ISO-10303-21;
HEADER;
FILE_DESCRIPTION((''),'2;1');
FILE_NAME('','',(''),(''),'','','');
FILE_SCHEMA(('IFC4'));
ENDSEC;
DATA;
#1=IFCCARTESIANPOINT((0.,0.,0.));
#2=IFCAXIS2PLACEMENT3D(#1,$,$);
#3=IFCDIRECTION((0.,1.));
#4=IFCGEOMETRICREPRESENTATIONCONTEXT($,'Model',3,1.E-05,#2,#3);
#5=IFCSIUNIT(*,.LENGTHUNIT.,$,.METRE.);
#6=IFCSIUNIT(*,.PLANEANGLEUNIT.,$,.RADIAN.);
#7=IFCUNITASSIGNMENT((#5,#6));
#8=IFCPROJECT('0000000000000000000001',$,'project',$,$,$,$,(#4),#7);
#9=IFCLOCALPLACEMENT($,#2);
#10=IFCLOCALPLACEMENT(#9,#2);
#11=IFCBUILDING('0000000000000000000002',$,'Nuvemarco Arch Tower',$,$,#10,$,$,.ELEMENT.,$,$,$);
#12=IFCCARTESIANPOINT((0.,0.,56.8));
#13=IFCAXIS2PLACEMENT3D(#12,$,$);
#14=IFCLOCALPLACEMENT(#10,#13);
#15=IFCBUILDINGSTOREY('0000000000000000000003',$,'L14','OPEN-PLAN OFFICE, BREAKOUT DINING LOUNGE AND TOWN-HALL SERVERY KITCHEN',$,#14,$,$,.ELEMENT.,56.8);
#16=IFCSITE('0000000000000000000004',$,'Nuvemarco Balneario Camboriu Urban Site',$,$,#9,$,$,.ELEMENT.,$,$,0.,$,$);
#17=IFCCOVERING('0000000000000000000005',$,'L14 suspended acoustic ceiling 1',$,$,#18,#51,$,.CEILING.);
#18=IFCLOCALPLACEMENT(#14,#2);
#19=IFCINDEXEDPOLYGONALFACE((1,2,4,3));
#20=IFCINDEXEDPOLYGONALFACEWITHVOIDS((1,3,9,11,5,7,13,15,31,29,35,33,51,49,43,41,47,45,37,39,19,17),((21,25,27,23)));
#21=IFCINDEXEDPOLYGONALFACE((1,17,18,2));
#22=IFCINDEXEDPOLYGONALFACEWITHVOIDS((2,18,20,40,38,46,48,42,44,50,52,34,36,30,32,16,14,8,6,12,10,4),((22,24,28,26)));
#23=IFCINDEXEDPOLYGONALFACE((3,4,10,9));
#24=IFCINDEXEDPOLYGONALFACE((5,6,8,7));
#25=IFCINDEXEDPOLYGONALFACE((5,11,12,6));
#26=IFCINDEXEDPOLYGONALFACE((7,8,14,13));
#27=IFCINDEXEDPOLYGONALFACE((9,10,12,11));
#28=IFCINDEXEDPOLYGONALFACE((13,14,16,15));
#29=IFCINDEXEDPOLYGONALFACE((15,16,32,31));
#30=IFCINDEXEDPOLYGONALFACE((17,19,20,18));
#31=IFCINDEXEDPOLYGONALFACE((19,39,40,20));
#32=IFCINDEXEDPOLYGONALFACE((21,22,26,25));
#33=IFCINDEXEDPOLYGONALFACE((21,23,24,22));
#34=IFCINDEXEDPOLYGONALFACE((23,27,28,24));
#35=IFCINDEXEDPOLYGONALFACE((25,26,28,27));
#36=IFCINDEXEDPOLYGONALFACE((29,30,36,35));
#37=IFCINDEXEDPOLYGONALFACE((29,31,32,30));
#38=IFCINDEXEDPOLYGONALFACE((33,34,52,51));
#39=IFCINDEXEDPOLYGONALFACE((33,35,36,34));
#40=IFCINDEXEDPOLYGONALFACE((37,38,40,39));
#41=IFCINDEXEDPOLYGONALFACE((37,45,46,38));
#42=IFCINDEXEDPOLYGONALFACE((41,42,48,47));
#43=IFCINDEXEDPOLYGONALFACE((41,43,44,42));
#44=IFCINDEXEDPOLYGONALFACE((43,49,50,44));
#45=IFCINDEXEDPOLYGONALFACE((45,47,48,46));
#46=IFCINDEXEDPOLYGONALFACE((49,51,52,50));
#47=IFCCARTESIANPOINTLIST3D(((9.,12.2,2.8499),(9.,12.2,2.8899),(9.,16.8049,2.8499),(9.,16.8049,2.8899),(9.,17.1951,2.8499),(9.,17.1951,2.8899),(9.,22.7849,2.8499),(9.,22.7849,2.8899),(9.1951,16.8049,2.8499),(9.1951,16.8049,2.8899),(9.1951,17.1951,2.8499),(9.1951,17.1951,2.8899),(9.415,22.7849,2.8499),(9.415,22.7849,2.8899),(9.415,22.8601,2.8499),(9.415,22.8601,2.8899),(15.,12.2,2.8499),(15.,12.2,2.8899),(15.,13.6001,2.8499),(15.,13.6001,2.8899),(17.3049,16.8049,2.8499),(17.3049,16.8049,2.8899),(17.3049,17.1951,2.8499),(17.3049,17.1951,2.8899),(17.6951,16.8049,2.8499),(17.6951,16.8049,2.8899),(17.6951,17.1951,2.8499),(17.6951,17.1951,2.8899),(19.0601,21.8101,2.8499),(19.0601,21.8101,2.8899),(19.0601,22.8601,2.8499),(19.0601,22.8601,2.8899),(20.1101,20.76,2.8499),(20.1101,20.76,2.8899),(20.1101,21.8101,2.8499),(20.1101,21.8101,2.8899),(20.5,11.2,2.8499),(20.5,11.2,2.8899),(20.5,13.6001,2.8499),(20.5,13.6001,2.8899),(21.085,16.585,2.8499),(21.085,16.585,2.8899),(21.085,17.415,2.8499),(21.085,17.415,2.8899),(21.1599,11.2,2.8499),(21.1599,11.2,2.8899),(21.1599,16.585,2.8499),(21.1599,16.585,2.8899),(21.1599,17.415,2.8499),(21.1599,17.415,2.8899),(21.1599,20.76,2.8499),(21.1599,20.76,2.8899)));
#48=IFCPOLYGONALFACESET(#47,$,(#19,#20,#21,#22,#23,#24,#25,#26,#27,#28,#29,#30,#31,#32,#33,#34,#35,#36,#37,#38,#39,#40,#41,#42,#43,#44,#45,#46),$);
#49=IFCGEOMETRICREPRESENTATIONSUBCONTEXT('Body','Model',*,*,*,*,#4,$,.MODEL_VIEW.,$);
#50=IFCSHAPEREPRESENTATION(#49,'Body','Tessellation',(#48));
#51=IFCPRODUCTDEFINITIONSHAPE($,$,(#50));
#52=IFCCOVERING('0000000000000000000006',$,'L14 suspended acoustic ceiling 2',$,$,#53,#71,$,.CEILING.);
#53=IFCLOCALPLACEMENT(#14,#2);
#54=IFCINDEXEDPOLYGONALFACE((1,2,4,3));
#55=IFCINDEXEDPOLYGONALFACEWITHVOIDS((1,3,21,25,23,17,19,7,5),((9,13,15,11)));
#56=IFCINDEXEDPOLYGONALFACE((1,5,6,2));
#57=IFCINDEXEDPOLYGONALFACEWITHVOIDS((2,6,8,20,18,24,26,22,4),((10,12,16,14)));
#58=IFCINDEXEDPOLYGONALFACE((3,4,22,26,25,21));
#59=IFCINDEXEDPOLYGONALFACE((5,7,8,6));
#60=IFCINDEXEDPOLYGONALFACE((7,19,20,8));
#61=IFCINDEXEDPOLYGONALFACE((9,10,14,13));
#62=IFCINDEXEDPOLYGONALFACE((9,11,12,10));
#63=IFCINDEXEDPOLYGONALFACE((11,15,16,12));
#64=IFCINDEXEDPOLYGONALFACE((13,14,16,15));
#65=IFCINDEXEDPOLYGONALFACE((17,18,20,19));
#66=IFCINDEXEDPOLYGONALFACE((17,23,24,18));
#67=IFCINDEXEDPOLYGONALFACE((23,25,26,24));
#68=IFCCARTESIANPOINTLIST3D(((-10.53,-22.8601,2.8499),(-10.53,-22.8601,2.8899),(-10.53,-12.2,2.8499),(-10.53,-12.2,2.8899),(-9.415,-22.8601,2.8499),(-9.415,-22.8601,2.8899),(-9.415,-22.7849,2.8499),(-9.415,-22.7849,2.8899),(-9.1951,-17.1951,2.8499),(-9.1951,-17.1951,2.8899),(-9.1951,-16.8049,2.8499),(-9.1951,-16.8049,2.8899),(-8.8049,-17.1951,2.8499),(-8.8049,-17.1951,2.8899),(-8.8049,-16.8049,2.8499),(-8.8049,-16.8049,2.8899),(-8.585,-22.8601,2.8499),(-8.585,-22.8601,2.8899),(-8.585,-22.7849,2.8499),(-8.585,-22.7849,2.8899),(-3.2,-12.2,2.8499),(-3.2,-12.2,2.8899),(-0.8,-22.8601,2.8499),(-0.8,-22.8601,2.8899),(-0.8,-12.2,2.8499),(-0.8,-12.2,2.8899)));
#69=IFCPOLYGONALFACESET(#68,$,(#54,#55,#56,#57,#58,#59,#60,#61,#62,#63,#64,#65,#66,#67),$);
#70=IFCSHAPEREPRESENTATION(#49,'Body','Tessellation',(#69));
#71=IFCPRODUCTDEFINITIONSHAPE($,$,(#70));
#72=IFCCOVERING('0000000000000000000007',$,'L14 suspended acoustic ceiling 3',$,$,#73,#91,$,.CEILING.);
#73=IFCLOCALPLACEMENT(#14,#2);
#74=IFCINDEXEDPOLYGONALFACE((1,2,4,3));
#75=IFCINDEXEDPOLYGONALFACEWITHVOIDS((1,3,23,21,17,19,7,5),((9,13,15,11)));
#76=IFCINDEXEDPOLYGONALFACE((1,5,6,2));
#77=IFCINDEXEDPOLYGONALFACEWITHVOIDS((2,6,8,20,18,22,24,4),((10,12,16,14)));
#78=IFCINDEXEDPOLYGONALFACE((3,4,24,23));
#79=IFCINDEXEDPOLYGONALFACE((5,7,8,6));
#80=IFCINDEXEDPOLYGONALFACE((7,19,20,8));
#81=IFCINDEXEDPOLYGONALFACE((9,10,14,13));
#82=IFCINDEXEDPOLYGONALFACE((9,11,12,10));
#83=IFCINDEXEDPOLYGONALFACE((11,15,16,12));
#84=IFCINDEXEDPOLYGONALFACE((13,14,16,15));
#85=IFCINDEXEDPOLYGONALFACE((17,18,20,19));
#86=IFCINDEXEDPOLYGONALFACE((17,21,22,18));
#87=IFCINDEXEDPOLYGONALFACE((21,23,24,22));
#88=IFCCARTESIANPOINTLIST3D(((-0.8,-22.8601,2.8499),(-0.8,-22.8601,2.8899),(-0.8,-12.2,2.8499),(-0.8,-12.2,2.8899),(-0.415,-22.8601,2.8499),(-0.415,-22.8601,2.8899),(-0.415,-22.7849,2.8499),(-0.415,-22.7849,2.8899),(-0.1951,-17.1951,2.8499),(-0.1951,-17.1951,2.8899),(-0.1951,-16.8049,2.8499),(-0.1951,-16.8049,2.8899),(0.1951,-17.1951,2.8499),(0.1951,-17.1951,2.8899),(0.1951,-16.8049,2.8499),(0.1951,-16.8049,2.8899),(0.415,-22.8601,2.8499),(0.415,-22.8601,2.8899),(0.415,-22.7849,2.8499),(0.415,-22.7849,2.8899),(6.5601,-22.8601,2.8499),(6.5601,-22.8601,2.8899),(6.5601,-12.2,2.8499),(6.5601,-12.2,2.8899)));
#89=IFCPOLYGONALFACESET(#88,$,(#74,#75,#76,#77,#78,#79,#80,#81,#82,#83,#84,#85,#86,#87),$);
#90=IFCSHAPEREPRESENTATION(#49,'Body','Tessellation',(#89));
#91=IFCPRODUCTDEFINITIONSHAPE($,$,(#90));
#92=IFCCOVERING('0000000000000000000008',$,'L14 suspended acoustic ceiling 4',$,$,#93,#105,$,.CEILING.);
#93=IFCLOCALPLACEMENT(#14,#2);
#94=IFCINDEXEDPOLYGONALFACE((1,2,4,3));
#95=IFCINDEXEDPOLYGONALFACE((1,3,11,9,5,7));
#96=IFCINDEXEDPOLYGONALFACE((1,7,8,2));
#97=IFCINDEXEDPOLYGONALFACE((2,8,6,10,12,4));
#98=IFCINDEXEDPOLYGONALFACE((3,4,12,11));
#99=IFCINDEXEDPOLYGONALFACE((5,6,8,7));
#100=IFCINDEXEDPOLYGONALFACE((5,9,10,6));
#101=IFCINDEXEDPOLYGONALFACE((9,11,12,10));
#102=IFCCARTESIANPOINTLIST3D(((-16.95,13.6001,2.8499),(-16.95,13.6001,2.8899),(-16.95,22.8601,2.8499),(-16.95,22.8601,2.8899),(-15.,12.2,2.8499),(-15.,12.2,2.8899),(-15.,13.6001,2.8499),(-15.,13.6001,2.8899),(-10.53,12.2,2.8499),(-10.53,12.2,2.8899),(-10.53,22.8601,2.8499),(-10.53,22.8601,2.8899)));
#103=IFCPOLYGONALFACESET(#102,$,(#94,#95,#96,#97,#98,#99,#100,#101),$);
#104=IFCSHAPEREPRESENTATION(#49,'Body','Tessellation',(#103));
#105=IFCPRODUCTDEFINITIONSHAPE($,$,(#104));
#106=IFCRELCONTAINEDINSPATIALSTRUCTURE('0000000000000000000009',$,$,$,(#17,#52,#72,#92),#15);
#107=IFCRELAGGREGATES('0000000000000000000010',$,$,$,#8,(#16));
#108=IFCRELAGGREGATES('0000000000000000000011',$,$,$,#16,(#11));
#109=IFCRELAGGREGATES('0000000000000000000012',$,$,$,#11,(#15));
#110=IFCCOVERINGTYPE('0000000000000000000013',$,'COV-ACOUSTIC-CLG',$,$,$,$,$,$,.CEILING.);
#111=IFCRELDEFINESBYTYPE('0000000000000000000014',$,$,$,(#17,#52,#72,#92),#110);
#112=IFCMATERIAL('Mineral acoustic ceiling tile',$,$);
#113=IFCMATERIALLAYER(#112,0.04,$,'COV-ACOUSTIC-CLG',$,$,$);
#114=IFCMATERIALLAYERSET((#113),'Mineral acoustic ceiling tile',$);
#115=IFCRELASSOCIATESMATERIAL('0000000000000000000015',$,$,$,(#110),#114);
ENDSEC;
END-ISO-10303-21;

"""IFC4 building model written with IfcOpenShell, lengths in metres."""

from ifc_helpers import new_model, si_unit, direction, frame, origin, place, context, subcontext, project, spatial, polyline, outline, extrude, material, layer, layer_set, type_object, element, save


model = new_model("IFC4")

# Units and contexts
model_context = context("Model", 3, precision=1e-05, world=origin(), true_north=direction((0.0, 1.0)))
body_context = subcontext(model_context, "Body", "Model", "MODEL_VIEW")
ifc_project = project(units=[si_unit("LENGTHUNIT", "METRE"), si_unit("PLANEANGLEUNIT", "RADIAN")], contexts=[model_context])

# Site, building, storey
site_placement = place(None, origin())
site = spatial("IfcSite", under=ifc_project, at=site_placement, Name="Nuvemarco Balneario Camboriu Urban Site", CompositionType="ELEMENT", RefElevation=0.0)
building_placement = place(site_placement, origin())
building = spatial("IfcBuilding", under=site, at=building_placement, Name="Nuvemarco Arch Tower", CompositionType="ELEMENT")
storey_placement = place(building_placement, frame((0.0, 0.0, 56.8)))
storey = spatial("IfcBuildingStorey", under=building, at=storey_placement, Name="L14", Description="OPEN-PLAN OFFICE, BREAKOUT DINING LOUNGE AND TOWN-HALL SERVERY KITCHEN", CompositionType="ELEMENT", Elevation=56.8)

# Coverings
ifc_material_1 = material(Name="Mineral acoustic ceiling tile")
ifc_layer_1 = layer(ifc_material_1, 0.04, Name="COV-ACOUSTIC-CLG")
ifc_layer_set_1 = layer_set([ifc_layer_1], Name="Mineral acoustic ceiling tile")
covering_type = type_object("IfcCoveringType", Name="COV-ACOUSTIC-CLG", PredefinedType="CEILING", material=ifc_layer_set_1)
covering_1_placement = place(storey_placement, frame((0.0, 0.0, 2.8499)))
element("IfcCovering", 1, at=covering_1_placement, inside=storey, type_object=covering_type, Name="L14 suspended acoustic ceiling 1", PredefinedType="CEILING", context=body_context, shape_type="SweptSolid", body=[
    extrude(outline(polyline([(21.1599, 20.76), (21.1599, 17.415), (21.085, 17.415), (21.085, 16.585), (21.1599, 16.585), (21.1599, 11.2), (20.5, 11.2), (20.5, 13.6001), (15.0, 13.6001), (15.0, 12.2), (9.0, 12.2), (9.0, 16.8049), (9.1951, 16.8049), (9.1951, 17.1951), (9.0, 17.1951), (9.0, 22.7849), (9.415, 22.7849), (9.415, 22.8601), (19.0601, 22.8601), (19.0601, 21.8101), (20.1101, 21.8101), (20.1101, 20.76), (21.1599, 20.76)]), holes=[polyline([(17.6951, 16.8049), (17.6951, 17.1951), (17.3049, 17.1951), (17.3049, 16.8049), (17.6951, 16.8049)])]), origin(), (0.0, 0.0, 1.0), 0.04),
])
covering_2_placement = place(storey_placement, frame((0.0, 0.0, 2.8499)))
element("IfcCovering", 2, at=covering_2_placement, inside=storey, type_object=covering_type, Name="L14 suspended acoustic ceiling 2", PredefinedType="CEILING", context=body_context, shape_type="SweptSolid", body=[
    extrude(outline(polyline([(-0.8, -22.8601), (-8.585, -22.8601), (-8.585, -22.7849), (-9.415, -22.7849), (-9.415, -22.8601), (-10.53, -22.8601), (-10.53, -12.2), (-3.2, -12.2), (-0.8, -12.2), (-0.8, -22.8601)]), holes=[polyline([(-8.8049, -17.1951), (-8.8049, -16.8049), (-9.1951, -16.8049), (-9.1951, -17.1951), (-8.8049, -17.1951)])]), origin(), (0.0, 0.0, 1.0), 0.04),
])
covering_3_placement = place(storey_placement, frame((0.0, 0.0, 2.8499)))
element("IfcCovering", 3, at=covering_3_placement, inside=storey, type_object=covering_type, Name="L14 suspended acoustic ceiling 3", PredefinedType="CEILING", context=body_context, shape_type="SweptSolid", body=[
    extrude(outline(polyline([(0.415, -22.8601), (0.415, -22.7849), (-0.415, -22.7849), (-0.415, -22.8601), (-0.8, -22.8601), (-0.8, -12.2), (6.5601, -12.2), (6.5601, -22.8601), (0.415, -22.8601)]), holes=[polyline([(0.1951, -17.1951), (0.1951, -16.8049), (-0.1951, -16.8049), (-0.1951, -17.1951), (0.1951, -17.1951)])]), origin(), (0.0, 0.0, 1.0), 0.04),
])
covering_4_placement = place(storey_placement, frame((0.0, 0.0, 2.8499)))
element("IfcCovering", 4, at=covering_4_placement, inside=storey, type_object=covering_type, Name="L14 suspended acoustic ceiling 4", PredefinedType="CEILING", context=body_context, shape_type="SweptSolid", body=[
    extrude(outline(polyline([(-10.53, 22.8601), (-10.53, 12.2), (-15.0, 12.2), (-15.0, 13.6001), (-16.95, 13.6001), (-16.95, 22.8601), (-10.53, 22.8601)])), origin(), (0.0, 0.0, 1.0), 0.04),
])

save(model, "model.ifc")
